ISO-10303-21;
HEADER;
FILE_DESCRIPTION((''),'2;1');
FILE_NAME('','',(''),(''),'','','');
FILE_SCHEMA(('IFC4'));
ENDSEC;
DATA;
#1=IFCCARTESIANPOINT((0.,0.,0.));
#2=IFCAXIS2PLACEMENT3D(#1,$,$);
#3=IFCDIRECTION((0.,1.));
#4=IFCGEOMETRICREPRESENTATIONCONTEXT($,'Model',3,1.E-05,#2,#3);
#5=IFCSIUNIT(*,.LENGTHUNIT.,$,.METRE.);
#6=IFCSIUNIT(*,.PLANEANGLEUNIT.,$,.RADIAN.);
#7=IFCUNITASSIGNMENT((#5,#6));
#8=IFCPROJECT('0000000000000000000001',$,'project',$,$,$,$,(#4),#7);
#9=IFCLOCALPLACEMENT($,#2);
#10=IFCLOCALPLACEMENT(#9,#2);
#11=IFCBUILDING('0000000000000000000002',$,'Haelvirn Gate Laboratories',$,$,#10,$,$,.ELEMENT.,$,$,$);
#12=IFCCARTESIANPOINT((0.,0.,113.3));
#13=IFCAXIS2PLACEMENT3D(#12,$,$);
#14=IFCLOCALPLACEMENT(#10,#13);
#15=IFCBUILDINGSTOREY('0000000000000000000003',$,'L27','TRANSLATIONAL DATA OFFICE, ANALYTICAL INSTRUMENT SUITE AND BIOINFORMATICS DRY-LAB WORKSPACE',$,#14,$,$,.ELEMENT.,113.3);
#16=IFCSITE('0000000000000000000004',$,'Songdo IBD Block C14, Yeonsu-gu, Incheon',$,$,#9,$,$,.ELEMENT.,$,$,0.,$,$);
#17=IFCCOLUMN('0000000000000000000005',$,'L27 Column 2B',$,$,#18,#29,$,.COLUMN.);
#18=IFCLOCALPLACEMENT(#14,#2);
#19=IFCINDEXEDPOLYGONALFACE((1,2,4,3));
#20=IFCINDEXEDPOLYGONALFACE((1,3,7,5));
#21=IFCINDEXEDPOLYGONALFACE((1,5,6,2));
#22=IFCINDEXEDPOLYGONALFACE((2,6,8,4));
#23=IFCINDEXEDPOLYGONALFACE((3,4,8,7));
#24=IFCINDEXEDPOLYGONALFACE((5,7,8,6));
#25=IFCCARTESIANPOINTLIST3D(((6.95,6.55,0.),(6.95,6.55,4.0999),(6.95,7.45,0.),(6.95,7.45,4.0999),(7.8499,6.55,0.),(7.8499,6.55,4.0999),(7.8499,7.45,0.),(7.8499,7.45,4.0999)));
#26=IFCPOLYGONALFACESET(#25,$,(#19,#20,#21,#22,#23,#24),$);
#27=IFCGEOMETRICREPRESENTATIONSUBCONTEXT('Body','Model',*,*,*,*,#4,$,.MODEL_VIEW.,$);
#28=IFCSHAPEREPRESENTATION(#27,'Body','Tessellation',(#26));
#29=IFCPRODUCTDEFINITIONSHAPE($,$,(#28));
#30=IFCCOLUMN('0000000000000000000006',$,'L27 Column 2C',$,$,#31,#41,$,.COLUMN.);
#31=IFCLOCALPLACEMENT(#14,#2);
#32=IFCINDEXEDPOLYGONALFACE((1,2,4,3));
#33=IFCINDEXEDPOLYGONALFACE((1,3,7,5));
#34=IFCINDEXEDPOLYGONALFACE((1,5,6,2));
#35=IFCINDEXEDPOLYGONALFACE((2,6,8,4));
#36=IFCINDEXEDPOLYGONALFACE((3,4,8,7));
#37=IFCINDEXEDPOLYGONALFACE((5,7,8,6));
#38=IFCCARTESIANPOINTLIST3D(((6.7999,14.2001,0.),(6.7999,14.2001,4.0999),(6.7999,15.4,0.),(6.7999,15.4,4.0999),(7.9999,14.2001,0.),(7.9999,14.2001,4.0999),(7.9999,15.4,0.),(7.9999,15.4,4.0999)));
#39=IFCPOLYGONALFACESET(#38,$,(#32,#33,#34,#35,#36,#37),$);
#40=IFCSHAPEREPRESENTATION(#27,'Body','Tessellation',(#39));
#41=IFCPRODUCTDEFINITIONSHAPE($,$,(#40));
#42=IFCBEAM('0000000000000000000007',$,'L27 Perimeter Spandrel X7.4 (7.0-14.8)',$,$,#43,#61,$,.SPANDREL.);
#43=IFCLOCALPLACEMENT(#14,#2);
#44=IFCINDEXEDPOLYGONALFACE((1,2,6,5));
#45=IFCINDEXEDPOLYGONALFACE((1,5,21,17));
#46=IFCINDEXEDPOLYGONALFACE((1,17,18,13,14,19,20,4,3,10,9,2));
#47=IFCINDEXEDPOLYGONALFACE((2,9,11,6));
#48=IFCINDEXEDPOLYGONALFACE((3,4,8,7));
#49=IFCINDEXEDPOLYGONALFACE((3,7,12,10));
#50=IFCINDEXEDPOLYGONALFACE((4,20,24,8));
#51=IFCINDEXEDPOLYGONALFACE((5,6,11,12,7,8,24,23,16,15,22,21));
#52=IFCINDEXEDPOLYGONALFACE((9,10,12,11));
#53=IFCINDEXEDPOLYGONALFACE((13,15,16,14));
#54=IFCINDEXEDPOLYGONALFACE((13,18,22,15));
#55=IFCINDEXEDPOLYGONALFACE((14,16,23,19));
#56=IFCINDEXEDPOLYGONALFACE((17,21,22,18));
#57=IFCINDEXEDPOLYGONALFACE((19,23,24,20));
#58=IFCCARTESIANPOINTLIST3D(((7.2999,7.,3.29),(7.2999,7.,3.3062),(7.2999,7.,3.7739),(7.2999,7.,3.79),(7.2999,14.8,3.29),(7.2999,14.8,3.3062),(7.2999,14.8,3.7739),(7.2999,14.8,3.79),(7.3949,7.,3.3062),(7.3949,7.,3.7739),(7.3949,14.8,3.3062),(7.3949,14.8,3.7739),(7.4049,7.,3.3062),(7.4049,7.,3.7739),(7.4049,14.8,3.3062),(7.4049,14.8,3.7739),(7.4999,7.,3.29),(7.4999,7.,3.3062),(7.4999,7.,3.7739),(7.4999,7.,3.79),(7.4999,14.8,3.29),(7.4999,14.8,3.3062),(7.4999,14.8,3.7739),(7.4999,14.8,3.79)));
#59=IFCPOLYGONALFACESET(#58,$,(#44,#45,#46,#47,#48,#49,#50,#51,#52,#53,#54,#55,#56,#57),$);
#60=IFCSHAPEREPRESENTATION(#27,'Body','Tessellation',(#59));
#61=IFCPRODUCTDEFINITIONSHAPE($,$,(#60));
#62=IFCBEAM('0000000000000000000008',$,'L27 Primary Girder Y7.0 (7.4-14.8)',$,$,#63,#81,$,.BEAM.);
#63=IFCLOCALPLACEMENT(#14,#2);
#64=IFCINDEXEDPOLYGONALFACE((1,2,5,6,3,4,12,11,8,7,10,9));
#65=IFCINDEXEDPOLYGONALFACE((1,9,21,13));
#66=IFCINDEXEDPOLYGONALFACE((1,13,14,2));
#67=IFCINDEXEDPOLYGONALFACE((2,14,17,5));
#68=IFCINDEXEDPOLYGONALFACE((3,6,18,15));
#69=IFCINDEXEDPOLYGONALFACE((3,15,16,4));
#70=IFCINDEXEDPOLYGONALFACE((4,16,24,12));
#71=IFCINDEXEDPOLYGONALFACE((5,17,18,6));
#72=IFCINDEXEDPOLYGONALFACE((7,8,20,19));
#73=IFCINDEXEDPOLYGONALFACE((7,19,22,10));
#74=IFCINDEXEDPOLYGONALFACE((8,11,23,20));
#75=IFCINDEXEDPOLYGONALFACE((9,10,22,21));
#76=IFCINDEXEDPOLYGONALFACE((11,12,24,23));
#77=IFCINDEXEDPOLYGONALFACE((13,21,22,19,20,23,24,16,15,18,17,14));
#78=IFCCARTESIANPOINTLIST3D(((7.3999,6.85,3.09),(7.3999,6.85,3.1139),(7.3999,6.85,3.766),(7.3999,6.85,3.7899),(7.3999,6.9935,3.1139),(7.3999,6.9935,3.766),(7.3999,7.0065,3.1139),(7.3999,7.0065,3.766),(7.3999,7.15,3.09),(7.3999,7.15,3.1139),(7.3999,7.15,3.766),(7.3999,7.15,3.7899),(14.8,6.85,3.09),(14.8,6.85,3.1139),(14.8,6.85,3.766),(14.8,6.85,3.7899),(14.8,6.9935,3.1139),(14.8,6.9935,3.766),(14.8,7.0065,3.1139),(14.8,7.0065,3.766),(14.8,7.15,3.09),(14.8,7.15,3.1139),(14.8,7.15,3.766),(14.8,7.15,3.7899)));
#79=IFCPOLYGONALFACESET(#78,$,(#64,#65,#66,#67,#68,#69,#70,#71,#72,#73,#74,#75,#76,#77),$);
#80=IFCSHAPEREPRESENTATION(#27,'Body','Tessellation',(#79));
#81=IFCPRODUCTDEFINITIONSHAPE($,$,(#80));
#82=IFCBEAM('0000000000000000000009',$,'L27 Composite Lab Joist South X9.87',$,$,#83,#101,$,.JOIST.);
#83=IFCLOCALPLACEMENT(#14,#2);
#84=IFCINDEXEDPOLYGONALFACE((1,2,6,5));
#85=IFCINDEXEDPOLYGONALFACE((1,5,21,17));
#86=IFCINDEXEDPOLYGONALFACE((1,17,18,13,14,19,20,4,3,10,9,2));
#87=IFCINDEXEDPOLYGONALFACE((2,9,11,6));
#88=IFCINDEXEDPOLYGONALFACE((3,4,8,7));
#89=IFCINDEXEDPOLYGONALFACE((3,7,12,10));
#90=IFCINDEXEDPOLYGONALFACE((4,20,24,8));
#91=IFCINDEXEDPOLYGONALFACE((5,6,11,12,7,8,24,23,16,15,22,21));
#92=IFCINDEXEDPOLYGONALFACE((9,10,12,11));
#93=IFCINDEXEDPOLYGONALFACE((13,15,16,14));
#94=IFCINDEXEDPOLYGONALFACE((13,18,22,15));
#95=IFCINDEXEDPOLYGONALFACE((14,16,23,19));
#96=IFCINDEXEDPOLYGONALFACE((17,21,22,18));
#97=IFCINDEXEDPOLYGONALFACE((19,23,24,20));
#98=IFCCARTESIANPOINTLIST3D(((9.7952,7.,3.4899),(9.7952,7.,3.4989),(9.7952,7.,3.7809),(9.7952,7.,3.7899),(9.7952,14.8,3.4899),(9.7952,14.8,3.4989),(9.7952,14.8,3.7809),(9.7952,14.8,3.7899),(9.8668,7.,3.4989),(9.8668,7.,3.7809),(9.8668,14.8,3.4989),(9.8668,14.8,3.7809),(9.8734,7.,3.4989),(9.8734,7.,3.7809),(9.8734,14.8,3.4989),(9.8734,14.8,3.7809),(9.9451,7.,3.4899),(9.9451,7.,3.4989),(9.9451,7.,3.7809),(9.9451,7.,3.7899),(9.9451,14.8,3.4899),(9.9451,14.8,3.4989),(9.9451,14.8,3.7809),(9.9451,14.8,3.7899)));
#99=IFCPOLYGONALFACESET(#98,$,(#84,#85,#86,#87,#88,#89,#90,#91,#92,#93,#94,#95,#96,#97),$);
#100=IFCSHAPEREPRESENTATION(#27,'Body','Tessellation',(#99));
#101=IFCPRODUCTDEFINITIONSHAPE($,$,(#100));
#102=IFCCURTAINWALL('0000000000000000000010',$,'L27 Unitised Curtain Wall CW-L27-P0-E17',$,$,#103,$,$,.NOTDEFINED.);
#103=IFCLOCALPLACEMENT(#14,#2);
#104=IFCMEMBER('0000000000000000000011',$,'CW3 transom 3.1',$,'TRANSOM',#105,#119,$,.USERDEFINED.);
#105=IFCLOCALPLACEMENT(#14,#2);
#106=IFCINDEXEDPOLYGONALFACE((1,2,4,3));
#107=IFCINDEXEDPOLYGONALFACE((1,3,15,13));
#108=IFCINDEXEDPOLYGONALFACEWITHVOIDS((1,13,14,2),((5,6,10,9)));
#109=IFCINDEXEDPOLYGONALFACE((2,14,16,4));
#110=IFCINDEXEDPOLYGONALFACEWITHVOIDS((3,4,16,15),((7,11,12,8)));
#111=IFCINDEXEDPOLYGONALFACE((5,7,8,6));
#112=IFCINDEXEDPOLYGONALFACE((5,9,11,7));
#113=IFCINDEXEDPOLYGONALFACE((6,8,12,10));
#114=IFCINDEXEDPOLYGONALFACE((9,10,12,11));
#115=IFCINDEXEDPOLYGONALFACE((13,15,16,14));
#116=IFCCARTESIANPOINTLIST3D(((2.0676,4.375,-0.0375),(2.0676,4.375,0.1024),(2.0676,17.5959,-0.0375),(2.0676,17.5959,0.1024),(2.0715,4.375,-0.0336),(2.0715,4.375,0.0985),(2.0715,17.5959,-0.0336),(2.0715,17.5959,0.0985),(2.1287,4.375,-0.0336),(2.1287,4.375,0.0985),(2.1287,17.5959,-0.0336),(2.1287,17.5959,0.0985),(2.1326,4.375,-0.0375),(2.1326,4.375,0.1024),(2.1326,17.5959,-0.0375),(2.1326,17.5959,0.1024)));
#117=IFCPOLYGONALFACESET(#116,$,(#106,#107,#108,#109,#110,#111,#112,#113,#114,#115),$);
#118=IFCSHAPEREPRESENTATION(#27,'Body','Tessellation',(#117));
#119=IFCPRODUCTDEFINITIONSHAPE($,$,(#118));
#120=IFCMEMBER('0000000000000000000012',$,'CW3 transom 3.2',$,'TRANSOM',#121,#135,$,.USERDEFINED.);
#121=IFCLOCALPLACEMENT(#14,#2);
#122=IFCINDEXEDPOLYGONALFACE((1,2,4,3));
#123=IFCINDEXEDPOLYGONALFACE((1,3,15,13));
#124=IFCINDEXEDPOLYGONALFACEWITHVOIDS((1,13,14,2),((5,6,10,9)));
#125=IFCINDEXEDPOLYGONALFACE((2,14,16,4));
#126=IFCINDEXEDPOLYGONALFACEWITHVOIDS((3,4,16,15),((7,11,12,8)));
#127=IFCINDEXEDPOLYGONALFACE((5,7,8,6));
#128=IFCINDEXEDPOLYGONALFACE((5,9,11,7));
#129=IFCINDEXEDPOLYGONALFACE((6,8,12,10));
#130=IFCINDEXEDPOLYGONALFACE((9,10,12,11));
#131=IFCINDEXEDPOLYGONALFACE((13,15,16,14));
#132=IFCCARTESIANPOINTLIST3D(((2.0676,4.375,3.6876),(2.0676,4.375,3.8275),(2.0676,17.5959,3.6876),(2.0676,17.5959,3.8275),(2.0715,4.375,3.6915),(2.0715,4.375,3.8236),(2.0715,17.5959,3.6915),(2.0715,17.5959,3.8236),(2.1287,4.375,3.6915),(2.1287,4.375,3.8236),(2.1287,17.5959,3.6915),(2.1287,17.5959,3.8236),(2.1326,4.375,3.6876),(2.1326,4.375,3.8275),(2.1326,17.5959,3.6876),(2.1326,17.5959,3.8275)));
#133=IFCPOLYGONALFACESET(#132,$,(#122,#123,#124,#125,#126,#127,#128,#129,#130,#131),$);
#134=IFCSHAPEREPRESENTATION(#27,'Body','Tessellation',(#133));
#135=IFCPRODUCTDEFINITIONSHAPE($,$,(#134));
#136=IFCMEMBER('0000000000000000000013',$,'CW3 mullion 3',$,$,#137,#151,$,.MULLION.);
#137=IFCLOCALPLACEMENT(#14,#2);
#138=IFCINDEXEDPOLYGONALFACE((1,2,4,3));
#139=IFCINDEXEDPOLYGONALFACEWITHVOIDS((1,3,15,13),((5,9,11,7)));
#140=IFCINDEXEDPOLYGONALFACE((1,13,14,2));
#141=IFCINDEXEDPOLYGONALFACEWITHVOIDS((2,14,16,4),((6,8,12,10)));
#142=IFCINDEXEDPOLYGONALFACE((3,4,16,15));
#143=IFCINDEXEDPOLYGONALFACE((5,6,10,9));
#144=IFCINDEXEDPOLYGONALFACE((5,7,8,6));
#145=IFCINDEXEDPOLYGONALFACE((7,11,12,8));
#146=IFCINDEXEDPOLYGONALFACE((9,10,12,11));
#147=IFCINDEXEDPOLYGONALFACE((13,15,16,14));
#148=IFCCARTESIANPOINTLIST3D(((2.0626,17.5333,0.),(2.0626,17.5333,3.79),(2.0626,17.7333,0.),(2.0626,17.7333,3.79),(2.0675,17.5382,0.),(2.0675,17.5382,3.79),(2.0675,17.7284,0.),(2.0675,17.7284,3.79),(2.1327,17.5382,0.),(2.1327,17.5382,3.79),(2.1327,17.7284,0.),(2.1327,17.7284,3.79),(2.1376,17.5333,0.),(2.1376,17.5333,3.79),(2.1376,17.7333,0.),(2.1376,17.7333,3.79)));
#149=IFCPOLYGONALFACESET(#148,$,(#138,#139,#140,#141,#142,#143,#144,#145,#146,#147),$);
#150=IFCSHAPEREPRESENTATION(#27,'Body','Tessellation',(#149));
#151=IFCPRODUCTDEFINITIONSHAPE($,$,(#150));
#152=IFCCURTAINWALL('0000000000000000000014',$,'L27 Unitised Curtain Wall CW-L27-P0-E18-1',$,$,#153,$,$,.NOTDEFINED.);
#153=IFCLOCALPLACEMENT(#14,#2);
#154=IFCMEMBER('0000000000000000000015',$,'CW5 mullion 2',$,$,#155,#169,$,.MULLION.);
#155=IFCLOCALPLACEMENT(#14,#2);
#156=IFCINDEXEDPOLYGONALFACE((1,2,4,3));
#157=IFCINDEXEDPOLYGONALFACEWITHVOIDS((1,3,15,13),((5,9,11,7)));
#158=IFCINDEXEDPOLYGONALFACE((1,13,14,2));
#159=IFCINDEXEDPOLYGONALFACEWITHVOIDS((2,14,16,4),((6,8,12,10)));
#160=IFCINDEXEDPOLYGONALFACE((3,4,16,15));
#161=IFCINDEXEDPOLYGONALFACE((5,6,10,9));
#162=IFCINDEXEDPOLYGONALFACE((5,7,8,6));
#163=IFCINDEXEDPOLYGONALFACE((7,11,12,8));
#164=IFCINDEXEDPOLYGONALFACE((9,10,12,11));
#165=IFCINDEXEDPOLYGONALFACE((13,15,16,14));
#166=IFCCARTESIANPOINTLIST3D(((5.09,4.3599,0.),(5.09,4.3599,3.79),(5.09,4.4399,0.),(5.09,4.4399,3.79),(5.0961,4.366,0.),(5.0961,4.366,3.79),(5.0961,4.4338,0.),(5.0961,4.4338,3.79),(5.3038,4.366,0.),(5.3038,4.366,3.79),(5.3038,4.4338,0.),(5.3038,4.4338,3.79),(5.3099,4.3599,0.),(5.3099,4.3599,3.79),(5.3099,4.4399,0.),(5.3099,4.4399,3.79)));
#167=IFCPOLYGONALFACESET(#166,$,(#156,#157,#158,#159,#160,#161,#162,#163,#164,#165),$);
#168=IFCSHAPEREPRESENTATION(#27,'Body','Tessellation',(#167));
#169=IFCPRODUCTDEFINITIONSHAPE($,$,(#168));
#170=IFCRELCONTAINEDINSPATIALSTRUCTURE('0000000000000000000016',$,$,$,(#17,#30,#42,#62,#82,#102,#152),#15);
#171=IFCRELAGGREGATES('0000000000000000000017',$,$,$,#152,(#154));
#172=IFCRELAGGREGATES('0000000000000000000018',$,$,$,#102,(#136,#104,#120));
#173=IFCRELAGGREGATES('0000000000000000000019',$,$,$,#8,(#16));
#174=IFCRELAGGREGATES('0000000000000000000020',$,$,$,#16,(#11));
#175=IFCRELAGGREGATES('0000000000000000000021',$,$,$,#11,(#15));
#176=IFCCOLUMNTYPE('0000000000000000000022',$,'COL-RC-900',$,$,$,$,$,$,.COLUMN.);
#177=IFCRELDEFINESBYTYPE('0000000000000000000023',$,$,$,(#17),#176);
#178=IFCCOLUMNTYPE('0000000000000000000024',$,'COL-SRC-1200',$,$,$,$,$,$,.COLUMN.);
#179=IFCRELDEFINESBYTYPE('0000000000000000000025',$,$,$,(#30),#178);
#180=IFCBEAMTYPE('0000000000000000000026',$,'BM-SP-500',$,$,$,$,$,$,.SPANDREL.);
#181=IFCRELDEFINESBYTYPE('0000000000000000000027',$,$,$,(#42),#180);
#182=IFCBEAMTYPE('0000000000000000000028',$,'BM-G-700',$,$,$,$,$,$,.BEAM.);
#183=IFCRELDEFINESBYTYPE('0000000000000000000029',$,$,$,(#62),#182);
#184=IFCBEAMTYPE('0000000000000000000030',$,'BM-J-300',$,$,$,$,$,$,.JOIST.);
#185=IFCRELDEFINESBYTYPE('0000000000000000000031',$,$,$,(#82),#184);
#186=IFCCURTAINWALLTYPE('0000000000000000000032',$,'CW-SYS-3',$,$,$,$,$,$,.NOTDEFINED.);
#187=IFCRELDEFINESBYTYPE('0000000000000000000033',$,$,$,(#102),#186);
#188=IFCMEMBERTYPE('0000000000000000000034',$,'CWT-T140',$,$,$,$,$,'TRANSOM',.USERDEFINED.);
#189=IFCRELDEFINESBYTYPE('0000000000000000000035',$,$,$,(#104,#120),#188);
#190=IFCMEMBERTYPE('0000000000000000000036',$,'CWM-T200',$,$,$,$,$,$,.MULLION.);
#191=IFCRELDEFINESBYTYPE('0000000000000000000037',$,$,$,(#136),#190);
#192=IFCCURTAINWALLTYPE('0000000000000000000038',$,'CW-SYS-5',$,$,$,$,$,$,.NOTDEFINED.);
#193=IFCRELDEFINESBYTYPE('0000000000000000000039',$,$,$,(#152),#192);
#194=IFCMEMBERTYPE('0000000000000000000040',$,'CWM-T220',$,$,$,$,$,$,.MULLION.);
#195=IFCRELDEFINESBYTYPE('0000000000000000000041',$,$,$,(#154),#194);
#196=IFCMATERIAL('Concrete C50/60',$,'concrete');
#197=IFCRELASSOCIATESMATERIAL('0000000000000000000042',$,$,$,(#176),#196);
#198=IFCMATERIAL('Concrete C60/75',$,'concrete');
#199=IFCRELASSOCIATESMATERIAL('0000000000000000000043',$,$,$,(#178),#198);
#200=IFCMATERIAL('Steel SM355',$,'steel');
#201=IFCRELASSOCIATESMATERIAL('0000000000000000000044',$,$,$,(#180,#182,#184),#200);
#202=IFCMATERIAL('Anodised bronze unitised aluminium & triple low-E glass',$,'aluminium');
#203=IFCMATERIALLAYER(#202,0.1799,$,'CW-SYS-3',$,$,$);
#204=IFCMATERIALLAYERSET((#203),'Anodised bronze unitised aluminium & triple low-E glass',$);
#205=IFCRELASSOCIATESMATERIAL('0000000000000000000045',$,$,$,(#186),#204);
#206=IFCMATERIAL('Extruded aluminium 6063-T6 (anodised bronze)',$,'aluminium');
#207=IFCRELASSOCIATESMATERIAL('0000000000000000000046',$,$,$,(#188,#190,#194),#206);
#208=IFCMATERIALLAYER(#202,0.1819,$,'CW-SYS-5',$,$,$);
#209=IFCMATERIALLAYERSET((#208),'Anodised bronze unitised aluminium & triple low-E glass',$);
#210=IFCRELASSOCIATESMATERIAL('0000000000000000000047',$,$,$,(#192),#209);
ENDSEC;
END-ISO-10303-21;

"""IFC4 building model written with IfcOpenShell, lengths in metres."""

from ifc_helpers import new_model, si_unit, direction, frame, origin, origin_2d, place, context, subcontext, project, spatial, rectangle, hollow_rectangle, i_section, extrude, source, transform, mapped, material, layer, layer_set, material_profile, profile_set, type_object, type_shapes, element, aggregate, save


model = new_model("IFC4")

# Units and contexts
model_context = context("Model", 3, precision=1e-05, world=origin(), true_north=direction((0.0, 1.0)))
body_context = subcontext(model_context, "Body", "Model", "MODEL_VIEW")
ifc_project = project(units=[si_unit("LENGTHUNIT", "METRE"), si_unit("PLANEANGLEUNIT", "RADIAN")], contexts=[model_context])

# Site, building, storey
site_placement = place(None, origin())
site = spatial("IfcSite", under=ifc_project, at=site_placement, Name="Songdo IBD Block C14, Yeonsu-gu, Incheon", CompositionType="ELEMENT", RefElevation=0.0)
building_placement = place(site_placement, origin())
building = spatial("IfcBuilding", under=site, at=building_placement, Name="Haelvirn Gate Laboratories", CompositionType="ELEMENT")
storey_placement = place(building_placement, frame((0.0, 0.0, 113.3)))
storey = spatial("IfcBuildingStorey", under=building, at=storey_placement, Name="L27", Description="TRANSLATIONAL DATA OFFICE, ANALYTICAL INSTRUMENT SUITE AND BIOINFORMATICS DRY-LAB WORKSPACE", CompositionType="ELEMENT", Elevation=113.3)

# Columns
ifc_material_1 = material(Name="Concrete C50/60", Category="concrete")
ifc_material_profile_1 = material_profile(ifc_material_1, rectangle(XDim=0.8999, YDim=0.8999, at=origin_2d()), Name="RC-900x900")
ifc_profile_set_1 = profile_set([ifc_material_profile_1], Name="Concrete C50/60")
column_type_1 = type_object("IfcColumnType", Name="COL-RC-900", PredefinedType="COLUMN", material=ifc_profile_set_1)
shared_shape_1 = source(origin(), body_context, "Body", "SweptSolid", [
    extrude(rectangle(XDim=0.8999, YDim=0.8999, at=origin_2d()), origin(), (0.0, 0.0, 1.0), 4.0999),
])
type_shapes(column_type_1, [shared_shape_1])
column_1_placement = place(storey_placement, frame((7.3999, 7.0, 0.0), z_axis=(0.0, 0.0, 1.0), x_axis=(1.0, 0.0, 0.0)))
element("IfcColumn", 1, at=column_1_placement, inside=storey, type_object=column_type_1, Name="L27 Column 2B", PredefinedType="COLUMN", context=body_context, shape_type="MappedRepresentation", body=[
    mapped(shared_shape_1, transform((0.0, 0.0, 0.0), scale=1.0)),
])
ifc_material_2 = material(Name="Concrete C60/75", Category="concrete")
ifc_material_profile_2 = material_profile(ifc_material_2, rectangle(XDim=1.2, YDim=1.2, at=origin_2d()), Name="SRC-1200x1200")
ifc_profile_set_2 = profile_set([ifc_material_profile_2], Name="Concrete C60/75")
column_type_2 = type_object("IfcColumnType", Name="COL-SRC-1200", PredefinedType="COLUMN", material=ifc_profile_set_2)
shared_shape_2 = source(origin(), body_context, "Body", "SweptSolid", [
    extrude(rectangle(XDim=1.2, YDim=1.2, at=origin_2d()), origin(), (0.0, 0.0, 1.0), 4.0999),
])
type_shapes(column_type_2, [shared_shape_2])
column_2_placement = place(storey_placement, frame((7.3999, 14.8, 0.0), z_axis=(0.0, 0.0, 1.0), x_axis=(1.0, 0.0, 0.0)))
element("IfcColumn", 2, at=column_2_placement, inside=storey, type_object=column_type_2, Name="L27 Column 2C", PredefinedType="COLUMN", context=body_context, shape_type="MappedRepresentation", body=[
    mapped(shared_shape_2, transform((0.0, 0.0, 0.0), scale=1.0)),
])

# Beams
ifc_material_3 = material(Name="Steel SM355", Category="steel")
ifc_material_profile_3 = material_profile(ifc_material_3, i_section(OverallWidth=0.2, OverallDepth=0.5, WebThickness=0.01, FlangeThickness=0.0161, at=origin_2d()), Name="H-500x200x10x16")
ifc_profile_set_3 = profile_set([ifc_material_profile_3], Name="Steel SM355")
beam_type_1 = type_object("IfcBeamType", Name="BM-SP-500", PredefinedType="SPANDREL", material=ifc_profile_set_3)
shared_shape_3 = source(origin(), body_context, "Body", "SweptSolid", [
    extrude(i_section(OverallWidth=0.2, OverallDepth=0.5, WebThickness=0.01, FlangeThickness=0.0161, at=origin_2d()), origin(), (0.0, 0.0, 1.0), 7.8),
])
type_shapes(beam_type_1, [shared_shape_3])
beam_1_placement = place(storey_placement, frame((7.3999, 7.0, 3.54), z_axis=(0.0, 1.0, 0.0), x_axis=(-1.0, 0.0, 0.0)))
element("IfcBeam", 3, at=beam_1_placement, inside=storey, type_object=beam_type_1, Name="L27 Perimeter Spandrel X7.4 (7.0-14.8)", PredefinedType="SPANDREL", context=body_context, shape_type="MappedRepresentation", body=[
    mapped(shared_shape_3, transform((0.0, 0.0, 0.0), scale=1.0)),
])
ifc_material_profile_4 = material_profile(ifc_material_3, i_section(OverallWidth=0.3, OverallDepth=0.7, WebThickness=0.0129, FlangeThickness=0.0239, at=origin_2d()), Name="H-700x300x13x24")
ifc_profile_set_4 = profile_set([ifc_material_profile_4], Name="Steel SM355")
beam_type_2 = type_object("IfcBeamType", Name="BM-G-700", PredefinedType="BEAM", material=ifc_profile_set_4)
shared_shape_4 = source(origin(), body_context, "Body", "SweptSolid", [
    extrude(i_section(OverallWidth=0.3, OverallDepth=0.7, WebThickness=0.0129, FlangeThickness=0.0239, at=origin_2d()), origin(), (0.0, 0.0, 1.0), 7.4001),
])
type_shapes(beam_type_2, [shared_shape_4])
beam_2_placement = place(storey_placement, frame((7.3999, 7.0, 3.4399), z_axis=(1.0, 0.0, 0.0), x_axis=(0.0, 1.0, 0.0)))
element("IfcBeam", 4, at=beam_2_placement, inside=storey, type_object=beam_type_2, Name="L27 Primary Girder Y7.0 (7.4-14.8)", PredefinedType="BEAM", context=body_context, shape_type="MappedRepresentation", body=[
    mapped(shared_shape_4, transform((0.0, 0.0, 0.0), scale=1.0)),
])
ifc_material_profile_5 = material_profile(ifc_material_3, i_section(OverallWidth=0.1499, OverallDepth=0.3, WebThickness=0.0066, FlangeThickness=0.009, at=origin_2d()), Name="H-300x150x6.5x9")
ifc_profile_set_5 = profile_set([ifc_material_profile_5], Name="Steel SM355")
beam_type_3 = type_object("IfcBeamType", Name="BM-J-300", PredefinedType="JOIST", material=ifc_profile_set_5)
shared_shape_5 = source(origin(), body_context, "Body", "SweptSolid", [
    extrude(i_section(OverallWidth=0.1499, OverallDepth=0.3, WebThickness=0.0066, FlangeThickness=0.009, at=origin_2d()), origin(), (0.0, 0.0, 1.0), 7.8),
])
type_shapes(beam_type_3, [shared_shape_5])
beam_3_placement = place(storey_placement, frame((9.8701, 7.0, 3.6399), z_axis=(0.0, 1.0, 0.0), x_axis=(-1.0, 0.0, 0.0)))
element("IfcBeam", 5, at=beam_3_placement, inside=storey, type_object=beam_type_3, Name="L27 Composite Lab Joist South X9.87", PredefinedType="JOIST", context=body_context, shape_type="MappedRepresentation", body=[
    mapped(shared_shape_5, transform((0.0, 0.0, 0.0), scale=1.0)),
])

# Curtain wall, members
ifc_material_4 = material(Name="Anodised bronze unitised aluminium & triple low-E glass", Category="aluminium")
ifc_layer_1 = layer(ifc_material_4, 0.1799, Name="CW-SYS-3")
ifc_layer_set_1 = layer_set([ifc_layer_1], Name="Anodised bronze unitised aluminium & triple low-E glass")
curtain_wall_type_1 = type_object("IfcCurtainWallType", Name="CW-SYS-3", PredefinedType="NOTDEFINED", material=ifc_layer_set_1)
curtain_wall_1_placement = place(storey_placement, origin())
curtain_wall_1 = element("IfcCurtainWall", 6, at=curtain_wall_1_placement, inside=storey, type_object=curtain_wall_type_1, Name="L27 Unitised Curtain Wall CW-L27-P0-E17", PredefinedType="NOTDEFINED")
ifc_material_5 = material(Name="Extruded aluminium 6063-T6 (anodised bronze)", Category="aluminium")
ifc_material_profile_6 = material_profile(ifc_material_5, hollow_rectangle(XDim=0.0649, YDim=0.1399, WallThickness=0.0039, at=origin_2d()), Name="CWT-140x65x4")
ifc_profile_set_6 = profile_set([ifc_material_profile_6], Name="Extruded aluminium 6063-T6 (anodised bronze)")
member_type_1 = type_object("IfcMemberType", Name="CWT-T140", ElementType="TRANSOM", PredefinedType="USERDEFINED", material=ifc_profile_set_6)
shared_shape_6 = source(origin(), body_context, "Body", "SweptSolid", [
    extrude(hollow_rectangle(XDim=0.0649, YDim=0.1399, WallThickness=0.0039, at=origin_2d()), origin(), (0.0, 0.0, 1.0), 13.2209),
])
type_shapes(member_type_1, [shared_shape_6])
member_1_placement = place(storey_placement, frame((2.1001, 17.5959, 0.0325), z_axis=(0.0, -1.0, 0.0), x_axis=(1.0, 0.0, 0.0)))
member_1 = element("IfcMember", 7, at=member_1_placement, type_object=member_type_1, Name="CW3 transom 3.1", ObjectType="TRANSOM", PredefinedType="USERDEFINED", context=body_context, shape_type="MappedRepresentation", body=[
    mapped(shared_shape_6, transform((0.0, 0.0, 0.0), scale=1.0)),
])
member_2_placement = place(storey_placement, frame((2.1001, 17.5959, 3.7576), z_axis=(0.0, -1.0, 0.0), x_axis=(1.0, 0.0, 0.0)))
member_2 = element("IfcMember", 8, at=member_2_placement, type_object=member_type_1, Name="CW3 transom 3.2", ObjectType="TRANSOM", PredefinedType="USERDEFINED", context=body_context, shape_type="MappedRepresentation", body=[
    mapped(shared_shape_6, transform((0.0, 0.0, 0.0), scale=1.0)),
])
ifc_material_profile_7 = material_profile(ifc_material_5, hollow_rectangle(XDim=0.075, YDim=0.2, WallThickness=0.0049, at=origin_2d()), Name="CWM-200x75x5")
ifc_profile_set_7 = profile_set([ifc_material_profile_7], Name="Extruded aluminium 6063-T6 (anodised bronze)")
member_type_2 = type_object("IfcMemberType", Name="CWM-T200", PredefinedType="MULLION", material=ifc_profile_set_7)
shared_shape_7 = source(origin(), body_context, "Body", "SweptSolid", [
    extrude(hollow_rectangle(XDim=0.075, YDim=0.2, WallThickness=0.0049, at=origin_2d()), origin(), (0.0, 0.0, 1.0), 3.79),
])
type_shapes(member_type_2, [shared_shape_7])
member_3_placement = place(storey_placement, frame((2.1001, 17.6333, 0.0), z_axis=(0.0, 0.0, 1.0), x_axis=(1.0, 0.0, 0.0)))
member_3 = element("IfcMember", 9, at=member_3_placement, type_object=member_type_2, Name="CW3 mullion 3", PredefinedType="MULLION", context=body_context, shape_type="MappedRepresentation", body=[
    mapped(shared_shape_7, transform((0.0, 0.0, 0.0), scale=1.0)),
])

# Curtain wall, member
ifc_layer_2 = layer(ifc_material_4, 0.1819, Name="CW-SYS-5")
ifc_layer_set_2 = layer_set([ifc_layer_2], Name="Anodised bronze unitised aluminium & triple low-E glass")
curtain_wall_type_2 = type_object("IfcCurtainWallType", Name="CW-SYS-5", PredefinedType="NOTDEFINED", material=ifc_layer_set_2)
curtain_wall_2_placement = place(storey_placement, origin())
curtain_wall_2 = element("IfcCurtainWall", 10, at=curtain_wall_2_placement, inside=storey, type_object=curtain_wall_type_2, Name="L27 Unitised Curtain Wall CW-L27-P0-E18-1", PredefinedType="NOTDEFINED")
ifc_material_profile_8 = material_profile(ifc_material_5, hollow_rectangle(XDim=0.0801, YDim=0.22, WallThickness=0.0061, at=origin_2d()), Name="CWM-220x80x6")
ifc_profile_set_8 = profile_set([ifc_material_profile_8], Name="Extruded aluminium 6063-T6 (anodised bronze)")
member_type_3 = type_object("IfcMemberType", Name="CWM-T220", PredefinedType="MULLION", material=ifc_profile_set_8)
shared_shape_8 = source(origin(), body_context, "Body", "SweptSolid", [
    extrude(hollow_rectangle(XDim=0.0801, YDim=0.22, WallThickness=0.0061, at=origin_2d()), origin(), (0.0, 0.0, 1.0), 3.79),
])
type_shapes(member_type_3, [shared_shape_8])
member_4_placement = place(storey_placement, frame((5.2, 4.3999, 0.0), z_axis=(0.0, 0.0, 1.0), x_axis=(0.0, 1.0, 0.0)))
member_4 = element("IfcMember", 11, at=member_4_placement, type_object=member_type_3, Name="CW5 mullion 2", PredefinedType="MULLION", context=body_context, shape_type="MappedRepresentation", body=[
    mapped(shared_shape_8, transform((0.0, 0.0, 0.0), scale=1.0)),
])
aggregate(curtain_wall_2, [member_4])

aggregate(curtain_wall_1, [member_3, member_1, member_2])

save(model, "model.ifc")
